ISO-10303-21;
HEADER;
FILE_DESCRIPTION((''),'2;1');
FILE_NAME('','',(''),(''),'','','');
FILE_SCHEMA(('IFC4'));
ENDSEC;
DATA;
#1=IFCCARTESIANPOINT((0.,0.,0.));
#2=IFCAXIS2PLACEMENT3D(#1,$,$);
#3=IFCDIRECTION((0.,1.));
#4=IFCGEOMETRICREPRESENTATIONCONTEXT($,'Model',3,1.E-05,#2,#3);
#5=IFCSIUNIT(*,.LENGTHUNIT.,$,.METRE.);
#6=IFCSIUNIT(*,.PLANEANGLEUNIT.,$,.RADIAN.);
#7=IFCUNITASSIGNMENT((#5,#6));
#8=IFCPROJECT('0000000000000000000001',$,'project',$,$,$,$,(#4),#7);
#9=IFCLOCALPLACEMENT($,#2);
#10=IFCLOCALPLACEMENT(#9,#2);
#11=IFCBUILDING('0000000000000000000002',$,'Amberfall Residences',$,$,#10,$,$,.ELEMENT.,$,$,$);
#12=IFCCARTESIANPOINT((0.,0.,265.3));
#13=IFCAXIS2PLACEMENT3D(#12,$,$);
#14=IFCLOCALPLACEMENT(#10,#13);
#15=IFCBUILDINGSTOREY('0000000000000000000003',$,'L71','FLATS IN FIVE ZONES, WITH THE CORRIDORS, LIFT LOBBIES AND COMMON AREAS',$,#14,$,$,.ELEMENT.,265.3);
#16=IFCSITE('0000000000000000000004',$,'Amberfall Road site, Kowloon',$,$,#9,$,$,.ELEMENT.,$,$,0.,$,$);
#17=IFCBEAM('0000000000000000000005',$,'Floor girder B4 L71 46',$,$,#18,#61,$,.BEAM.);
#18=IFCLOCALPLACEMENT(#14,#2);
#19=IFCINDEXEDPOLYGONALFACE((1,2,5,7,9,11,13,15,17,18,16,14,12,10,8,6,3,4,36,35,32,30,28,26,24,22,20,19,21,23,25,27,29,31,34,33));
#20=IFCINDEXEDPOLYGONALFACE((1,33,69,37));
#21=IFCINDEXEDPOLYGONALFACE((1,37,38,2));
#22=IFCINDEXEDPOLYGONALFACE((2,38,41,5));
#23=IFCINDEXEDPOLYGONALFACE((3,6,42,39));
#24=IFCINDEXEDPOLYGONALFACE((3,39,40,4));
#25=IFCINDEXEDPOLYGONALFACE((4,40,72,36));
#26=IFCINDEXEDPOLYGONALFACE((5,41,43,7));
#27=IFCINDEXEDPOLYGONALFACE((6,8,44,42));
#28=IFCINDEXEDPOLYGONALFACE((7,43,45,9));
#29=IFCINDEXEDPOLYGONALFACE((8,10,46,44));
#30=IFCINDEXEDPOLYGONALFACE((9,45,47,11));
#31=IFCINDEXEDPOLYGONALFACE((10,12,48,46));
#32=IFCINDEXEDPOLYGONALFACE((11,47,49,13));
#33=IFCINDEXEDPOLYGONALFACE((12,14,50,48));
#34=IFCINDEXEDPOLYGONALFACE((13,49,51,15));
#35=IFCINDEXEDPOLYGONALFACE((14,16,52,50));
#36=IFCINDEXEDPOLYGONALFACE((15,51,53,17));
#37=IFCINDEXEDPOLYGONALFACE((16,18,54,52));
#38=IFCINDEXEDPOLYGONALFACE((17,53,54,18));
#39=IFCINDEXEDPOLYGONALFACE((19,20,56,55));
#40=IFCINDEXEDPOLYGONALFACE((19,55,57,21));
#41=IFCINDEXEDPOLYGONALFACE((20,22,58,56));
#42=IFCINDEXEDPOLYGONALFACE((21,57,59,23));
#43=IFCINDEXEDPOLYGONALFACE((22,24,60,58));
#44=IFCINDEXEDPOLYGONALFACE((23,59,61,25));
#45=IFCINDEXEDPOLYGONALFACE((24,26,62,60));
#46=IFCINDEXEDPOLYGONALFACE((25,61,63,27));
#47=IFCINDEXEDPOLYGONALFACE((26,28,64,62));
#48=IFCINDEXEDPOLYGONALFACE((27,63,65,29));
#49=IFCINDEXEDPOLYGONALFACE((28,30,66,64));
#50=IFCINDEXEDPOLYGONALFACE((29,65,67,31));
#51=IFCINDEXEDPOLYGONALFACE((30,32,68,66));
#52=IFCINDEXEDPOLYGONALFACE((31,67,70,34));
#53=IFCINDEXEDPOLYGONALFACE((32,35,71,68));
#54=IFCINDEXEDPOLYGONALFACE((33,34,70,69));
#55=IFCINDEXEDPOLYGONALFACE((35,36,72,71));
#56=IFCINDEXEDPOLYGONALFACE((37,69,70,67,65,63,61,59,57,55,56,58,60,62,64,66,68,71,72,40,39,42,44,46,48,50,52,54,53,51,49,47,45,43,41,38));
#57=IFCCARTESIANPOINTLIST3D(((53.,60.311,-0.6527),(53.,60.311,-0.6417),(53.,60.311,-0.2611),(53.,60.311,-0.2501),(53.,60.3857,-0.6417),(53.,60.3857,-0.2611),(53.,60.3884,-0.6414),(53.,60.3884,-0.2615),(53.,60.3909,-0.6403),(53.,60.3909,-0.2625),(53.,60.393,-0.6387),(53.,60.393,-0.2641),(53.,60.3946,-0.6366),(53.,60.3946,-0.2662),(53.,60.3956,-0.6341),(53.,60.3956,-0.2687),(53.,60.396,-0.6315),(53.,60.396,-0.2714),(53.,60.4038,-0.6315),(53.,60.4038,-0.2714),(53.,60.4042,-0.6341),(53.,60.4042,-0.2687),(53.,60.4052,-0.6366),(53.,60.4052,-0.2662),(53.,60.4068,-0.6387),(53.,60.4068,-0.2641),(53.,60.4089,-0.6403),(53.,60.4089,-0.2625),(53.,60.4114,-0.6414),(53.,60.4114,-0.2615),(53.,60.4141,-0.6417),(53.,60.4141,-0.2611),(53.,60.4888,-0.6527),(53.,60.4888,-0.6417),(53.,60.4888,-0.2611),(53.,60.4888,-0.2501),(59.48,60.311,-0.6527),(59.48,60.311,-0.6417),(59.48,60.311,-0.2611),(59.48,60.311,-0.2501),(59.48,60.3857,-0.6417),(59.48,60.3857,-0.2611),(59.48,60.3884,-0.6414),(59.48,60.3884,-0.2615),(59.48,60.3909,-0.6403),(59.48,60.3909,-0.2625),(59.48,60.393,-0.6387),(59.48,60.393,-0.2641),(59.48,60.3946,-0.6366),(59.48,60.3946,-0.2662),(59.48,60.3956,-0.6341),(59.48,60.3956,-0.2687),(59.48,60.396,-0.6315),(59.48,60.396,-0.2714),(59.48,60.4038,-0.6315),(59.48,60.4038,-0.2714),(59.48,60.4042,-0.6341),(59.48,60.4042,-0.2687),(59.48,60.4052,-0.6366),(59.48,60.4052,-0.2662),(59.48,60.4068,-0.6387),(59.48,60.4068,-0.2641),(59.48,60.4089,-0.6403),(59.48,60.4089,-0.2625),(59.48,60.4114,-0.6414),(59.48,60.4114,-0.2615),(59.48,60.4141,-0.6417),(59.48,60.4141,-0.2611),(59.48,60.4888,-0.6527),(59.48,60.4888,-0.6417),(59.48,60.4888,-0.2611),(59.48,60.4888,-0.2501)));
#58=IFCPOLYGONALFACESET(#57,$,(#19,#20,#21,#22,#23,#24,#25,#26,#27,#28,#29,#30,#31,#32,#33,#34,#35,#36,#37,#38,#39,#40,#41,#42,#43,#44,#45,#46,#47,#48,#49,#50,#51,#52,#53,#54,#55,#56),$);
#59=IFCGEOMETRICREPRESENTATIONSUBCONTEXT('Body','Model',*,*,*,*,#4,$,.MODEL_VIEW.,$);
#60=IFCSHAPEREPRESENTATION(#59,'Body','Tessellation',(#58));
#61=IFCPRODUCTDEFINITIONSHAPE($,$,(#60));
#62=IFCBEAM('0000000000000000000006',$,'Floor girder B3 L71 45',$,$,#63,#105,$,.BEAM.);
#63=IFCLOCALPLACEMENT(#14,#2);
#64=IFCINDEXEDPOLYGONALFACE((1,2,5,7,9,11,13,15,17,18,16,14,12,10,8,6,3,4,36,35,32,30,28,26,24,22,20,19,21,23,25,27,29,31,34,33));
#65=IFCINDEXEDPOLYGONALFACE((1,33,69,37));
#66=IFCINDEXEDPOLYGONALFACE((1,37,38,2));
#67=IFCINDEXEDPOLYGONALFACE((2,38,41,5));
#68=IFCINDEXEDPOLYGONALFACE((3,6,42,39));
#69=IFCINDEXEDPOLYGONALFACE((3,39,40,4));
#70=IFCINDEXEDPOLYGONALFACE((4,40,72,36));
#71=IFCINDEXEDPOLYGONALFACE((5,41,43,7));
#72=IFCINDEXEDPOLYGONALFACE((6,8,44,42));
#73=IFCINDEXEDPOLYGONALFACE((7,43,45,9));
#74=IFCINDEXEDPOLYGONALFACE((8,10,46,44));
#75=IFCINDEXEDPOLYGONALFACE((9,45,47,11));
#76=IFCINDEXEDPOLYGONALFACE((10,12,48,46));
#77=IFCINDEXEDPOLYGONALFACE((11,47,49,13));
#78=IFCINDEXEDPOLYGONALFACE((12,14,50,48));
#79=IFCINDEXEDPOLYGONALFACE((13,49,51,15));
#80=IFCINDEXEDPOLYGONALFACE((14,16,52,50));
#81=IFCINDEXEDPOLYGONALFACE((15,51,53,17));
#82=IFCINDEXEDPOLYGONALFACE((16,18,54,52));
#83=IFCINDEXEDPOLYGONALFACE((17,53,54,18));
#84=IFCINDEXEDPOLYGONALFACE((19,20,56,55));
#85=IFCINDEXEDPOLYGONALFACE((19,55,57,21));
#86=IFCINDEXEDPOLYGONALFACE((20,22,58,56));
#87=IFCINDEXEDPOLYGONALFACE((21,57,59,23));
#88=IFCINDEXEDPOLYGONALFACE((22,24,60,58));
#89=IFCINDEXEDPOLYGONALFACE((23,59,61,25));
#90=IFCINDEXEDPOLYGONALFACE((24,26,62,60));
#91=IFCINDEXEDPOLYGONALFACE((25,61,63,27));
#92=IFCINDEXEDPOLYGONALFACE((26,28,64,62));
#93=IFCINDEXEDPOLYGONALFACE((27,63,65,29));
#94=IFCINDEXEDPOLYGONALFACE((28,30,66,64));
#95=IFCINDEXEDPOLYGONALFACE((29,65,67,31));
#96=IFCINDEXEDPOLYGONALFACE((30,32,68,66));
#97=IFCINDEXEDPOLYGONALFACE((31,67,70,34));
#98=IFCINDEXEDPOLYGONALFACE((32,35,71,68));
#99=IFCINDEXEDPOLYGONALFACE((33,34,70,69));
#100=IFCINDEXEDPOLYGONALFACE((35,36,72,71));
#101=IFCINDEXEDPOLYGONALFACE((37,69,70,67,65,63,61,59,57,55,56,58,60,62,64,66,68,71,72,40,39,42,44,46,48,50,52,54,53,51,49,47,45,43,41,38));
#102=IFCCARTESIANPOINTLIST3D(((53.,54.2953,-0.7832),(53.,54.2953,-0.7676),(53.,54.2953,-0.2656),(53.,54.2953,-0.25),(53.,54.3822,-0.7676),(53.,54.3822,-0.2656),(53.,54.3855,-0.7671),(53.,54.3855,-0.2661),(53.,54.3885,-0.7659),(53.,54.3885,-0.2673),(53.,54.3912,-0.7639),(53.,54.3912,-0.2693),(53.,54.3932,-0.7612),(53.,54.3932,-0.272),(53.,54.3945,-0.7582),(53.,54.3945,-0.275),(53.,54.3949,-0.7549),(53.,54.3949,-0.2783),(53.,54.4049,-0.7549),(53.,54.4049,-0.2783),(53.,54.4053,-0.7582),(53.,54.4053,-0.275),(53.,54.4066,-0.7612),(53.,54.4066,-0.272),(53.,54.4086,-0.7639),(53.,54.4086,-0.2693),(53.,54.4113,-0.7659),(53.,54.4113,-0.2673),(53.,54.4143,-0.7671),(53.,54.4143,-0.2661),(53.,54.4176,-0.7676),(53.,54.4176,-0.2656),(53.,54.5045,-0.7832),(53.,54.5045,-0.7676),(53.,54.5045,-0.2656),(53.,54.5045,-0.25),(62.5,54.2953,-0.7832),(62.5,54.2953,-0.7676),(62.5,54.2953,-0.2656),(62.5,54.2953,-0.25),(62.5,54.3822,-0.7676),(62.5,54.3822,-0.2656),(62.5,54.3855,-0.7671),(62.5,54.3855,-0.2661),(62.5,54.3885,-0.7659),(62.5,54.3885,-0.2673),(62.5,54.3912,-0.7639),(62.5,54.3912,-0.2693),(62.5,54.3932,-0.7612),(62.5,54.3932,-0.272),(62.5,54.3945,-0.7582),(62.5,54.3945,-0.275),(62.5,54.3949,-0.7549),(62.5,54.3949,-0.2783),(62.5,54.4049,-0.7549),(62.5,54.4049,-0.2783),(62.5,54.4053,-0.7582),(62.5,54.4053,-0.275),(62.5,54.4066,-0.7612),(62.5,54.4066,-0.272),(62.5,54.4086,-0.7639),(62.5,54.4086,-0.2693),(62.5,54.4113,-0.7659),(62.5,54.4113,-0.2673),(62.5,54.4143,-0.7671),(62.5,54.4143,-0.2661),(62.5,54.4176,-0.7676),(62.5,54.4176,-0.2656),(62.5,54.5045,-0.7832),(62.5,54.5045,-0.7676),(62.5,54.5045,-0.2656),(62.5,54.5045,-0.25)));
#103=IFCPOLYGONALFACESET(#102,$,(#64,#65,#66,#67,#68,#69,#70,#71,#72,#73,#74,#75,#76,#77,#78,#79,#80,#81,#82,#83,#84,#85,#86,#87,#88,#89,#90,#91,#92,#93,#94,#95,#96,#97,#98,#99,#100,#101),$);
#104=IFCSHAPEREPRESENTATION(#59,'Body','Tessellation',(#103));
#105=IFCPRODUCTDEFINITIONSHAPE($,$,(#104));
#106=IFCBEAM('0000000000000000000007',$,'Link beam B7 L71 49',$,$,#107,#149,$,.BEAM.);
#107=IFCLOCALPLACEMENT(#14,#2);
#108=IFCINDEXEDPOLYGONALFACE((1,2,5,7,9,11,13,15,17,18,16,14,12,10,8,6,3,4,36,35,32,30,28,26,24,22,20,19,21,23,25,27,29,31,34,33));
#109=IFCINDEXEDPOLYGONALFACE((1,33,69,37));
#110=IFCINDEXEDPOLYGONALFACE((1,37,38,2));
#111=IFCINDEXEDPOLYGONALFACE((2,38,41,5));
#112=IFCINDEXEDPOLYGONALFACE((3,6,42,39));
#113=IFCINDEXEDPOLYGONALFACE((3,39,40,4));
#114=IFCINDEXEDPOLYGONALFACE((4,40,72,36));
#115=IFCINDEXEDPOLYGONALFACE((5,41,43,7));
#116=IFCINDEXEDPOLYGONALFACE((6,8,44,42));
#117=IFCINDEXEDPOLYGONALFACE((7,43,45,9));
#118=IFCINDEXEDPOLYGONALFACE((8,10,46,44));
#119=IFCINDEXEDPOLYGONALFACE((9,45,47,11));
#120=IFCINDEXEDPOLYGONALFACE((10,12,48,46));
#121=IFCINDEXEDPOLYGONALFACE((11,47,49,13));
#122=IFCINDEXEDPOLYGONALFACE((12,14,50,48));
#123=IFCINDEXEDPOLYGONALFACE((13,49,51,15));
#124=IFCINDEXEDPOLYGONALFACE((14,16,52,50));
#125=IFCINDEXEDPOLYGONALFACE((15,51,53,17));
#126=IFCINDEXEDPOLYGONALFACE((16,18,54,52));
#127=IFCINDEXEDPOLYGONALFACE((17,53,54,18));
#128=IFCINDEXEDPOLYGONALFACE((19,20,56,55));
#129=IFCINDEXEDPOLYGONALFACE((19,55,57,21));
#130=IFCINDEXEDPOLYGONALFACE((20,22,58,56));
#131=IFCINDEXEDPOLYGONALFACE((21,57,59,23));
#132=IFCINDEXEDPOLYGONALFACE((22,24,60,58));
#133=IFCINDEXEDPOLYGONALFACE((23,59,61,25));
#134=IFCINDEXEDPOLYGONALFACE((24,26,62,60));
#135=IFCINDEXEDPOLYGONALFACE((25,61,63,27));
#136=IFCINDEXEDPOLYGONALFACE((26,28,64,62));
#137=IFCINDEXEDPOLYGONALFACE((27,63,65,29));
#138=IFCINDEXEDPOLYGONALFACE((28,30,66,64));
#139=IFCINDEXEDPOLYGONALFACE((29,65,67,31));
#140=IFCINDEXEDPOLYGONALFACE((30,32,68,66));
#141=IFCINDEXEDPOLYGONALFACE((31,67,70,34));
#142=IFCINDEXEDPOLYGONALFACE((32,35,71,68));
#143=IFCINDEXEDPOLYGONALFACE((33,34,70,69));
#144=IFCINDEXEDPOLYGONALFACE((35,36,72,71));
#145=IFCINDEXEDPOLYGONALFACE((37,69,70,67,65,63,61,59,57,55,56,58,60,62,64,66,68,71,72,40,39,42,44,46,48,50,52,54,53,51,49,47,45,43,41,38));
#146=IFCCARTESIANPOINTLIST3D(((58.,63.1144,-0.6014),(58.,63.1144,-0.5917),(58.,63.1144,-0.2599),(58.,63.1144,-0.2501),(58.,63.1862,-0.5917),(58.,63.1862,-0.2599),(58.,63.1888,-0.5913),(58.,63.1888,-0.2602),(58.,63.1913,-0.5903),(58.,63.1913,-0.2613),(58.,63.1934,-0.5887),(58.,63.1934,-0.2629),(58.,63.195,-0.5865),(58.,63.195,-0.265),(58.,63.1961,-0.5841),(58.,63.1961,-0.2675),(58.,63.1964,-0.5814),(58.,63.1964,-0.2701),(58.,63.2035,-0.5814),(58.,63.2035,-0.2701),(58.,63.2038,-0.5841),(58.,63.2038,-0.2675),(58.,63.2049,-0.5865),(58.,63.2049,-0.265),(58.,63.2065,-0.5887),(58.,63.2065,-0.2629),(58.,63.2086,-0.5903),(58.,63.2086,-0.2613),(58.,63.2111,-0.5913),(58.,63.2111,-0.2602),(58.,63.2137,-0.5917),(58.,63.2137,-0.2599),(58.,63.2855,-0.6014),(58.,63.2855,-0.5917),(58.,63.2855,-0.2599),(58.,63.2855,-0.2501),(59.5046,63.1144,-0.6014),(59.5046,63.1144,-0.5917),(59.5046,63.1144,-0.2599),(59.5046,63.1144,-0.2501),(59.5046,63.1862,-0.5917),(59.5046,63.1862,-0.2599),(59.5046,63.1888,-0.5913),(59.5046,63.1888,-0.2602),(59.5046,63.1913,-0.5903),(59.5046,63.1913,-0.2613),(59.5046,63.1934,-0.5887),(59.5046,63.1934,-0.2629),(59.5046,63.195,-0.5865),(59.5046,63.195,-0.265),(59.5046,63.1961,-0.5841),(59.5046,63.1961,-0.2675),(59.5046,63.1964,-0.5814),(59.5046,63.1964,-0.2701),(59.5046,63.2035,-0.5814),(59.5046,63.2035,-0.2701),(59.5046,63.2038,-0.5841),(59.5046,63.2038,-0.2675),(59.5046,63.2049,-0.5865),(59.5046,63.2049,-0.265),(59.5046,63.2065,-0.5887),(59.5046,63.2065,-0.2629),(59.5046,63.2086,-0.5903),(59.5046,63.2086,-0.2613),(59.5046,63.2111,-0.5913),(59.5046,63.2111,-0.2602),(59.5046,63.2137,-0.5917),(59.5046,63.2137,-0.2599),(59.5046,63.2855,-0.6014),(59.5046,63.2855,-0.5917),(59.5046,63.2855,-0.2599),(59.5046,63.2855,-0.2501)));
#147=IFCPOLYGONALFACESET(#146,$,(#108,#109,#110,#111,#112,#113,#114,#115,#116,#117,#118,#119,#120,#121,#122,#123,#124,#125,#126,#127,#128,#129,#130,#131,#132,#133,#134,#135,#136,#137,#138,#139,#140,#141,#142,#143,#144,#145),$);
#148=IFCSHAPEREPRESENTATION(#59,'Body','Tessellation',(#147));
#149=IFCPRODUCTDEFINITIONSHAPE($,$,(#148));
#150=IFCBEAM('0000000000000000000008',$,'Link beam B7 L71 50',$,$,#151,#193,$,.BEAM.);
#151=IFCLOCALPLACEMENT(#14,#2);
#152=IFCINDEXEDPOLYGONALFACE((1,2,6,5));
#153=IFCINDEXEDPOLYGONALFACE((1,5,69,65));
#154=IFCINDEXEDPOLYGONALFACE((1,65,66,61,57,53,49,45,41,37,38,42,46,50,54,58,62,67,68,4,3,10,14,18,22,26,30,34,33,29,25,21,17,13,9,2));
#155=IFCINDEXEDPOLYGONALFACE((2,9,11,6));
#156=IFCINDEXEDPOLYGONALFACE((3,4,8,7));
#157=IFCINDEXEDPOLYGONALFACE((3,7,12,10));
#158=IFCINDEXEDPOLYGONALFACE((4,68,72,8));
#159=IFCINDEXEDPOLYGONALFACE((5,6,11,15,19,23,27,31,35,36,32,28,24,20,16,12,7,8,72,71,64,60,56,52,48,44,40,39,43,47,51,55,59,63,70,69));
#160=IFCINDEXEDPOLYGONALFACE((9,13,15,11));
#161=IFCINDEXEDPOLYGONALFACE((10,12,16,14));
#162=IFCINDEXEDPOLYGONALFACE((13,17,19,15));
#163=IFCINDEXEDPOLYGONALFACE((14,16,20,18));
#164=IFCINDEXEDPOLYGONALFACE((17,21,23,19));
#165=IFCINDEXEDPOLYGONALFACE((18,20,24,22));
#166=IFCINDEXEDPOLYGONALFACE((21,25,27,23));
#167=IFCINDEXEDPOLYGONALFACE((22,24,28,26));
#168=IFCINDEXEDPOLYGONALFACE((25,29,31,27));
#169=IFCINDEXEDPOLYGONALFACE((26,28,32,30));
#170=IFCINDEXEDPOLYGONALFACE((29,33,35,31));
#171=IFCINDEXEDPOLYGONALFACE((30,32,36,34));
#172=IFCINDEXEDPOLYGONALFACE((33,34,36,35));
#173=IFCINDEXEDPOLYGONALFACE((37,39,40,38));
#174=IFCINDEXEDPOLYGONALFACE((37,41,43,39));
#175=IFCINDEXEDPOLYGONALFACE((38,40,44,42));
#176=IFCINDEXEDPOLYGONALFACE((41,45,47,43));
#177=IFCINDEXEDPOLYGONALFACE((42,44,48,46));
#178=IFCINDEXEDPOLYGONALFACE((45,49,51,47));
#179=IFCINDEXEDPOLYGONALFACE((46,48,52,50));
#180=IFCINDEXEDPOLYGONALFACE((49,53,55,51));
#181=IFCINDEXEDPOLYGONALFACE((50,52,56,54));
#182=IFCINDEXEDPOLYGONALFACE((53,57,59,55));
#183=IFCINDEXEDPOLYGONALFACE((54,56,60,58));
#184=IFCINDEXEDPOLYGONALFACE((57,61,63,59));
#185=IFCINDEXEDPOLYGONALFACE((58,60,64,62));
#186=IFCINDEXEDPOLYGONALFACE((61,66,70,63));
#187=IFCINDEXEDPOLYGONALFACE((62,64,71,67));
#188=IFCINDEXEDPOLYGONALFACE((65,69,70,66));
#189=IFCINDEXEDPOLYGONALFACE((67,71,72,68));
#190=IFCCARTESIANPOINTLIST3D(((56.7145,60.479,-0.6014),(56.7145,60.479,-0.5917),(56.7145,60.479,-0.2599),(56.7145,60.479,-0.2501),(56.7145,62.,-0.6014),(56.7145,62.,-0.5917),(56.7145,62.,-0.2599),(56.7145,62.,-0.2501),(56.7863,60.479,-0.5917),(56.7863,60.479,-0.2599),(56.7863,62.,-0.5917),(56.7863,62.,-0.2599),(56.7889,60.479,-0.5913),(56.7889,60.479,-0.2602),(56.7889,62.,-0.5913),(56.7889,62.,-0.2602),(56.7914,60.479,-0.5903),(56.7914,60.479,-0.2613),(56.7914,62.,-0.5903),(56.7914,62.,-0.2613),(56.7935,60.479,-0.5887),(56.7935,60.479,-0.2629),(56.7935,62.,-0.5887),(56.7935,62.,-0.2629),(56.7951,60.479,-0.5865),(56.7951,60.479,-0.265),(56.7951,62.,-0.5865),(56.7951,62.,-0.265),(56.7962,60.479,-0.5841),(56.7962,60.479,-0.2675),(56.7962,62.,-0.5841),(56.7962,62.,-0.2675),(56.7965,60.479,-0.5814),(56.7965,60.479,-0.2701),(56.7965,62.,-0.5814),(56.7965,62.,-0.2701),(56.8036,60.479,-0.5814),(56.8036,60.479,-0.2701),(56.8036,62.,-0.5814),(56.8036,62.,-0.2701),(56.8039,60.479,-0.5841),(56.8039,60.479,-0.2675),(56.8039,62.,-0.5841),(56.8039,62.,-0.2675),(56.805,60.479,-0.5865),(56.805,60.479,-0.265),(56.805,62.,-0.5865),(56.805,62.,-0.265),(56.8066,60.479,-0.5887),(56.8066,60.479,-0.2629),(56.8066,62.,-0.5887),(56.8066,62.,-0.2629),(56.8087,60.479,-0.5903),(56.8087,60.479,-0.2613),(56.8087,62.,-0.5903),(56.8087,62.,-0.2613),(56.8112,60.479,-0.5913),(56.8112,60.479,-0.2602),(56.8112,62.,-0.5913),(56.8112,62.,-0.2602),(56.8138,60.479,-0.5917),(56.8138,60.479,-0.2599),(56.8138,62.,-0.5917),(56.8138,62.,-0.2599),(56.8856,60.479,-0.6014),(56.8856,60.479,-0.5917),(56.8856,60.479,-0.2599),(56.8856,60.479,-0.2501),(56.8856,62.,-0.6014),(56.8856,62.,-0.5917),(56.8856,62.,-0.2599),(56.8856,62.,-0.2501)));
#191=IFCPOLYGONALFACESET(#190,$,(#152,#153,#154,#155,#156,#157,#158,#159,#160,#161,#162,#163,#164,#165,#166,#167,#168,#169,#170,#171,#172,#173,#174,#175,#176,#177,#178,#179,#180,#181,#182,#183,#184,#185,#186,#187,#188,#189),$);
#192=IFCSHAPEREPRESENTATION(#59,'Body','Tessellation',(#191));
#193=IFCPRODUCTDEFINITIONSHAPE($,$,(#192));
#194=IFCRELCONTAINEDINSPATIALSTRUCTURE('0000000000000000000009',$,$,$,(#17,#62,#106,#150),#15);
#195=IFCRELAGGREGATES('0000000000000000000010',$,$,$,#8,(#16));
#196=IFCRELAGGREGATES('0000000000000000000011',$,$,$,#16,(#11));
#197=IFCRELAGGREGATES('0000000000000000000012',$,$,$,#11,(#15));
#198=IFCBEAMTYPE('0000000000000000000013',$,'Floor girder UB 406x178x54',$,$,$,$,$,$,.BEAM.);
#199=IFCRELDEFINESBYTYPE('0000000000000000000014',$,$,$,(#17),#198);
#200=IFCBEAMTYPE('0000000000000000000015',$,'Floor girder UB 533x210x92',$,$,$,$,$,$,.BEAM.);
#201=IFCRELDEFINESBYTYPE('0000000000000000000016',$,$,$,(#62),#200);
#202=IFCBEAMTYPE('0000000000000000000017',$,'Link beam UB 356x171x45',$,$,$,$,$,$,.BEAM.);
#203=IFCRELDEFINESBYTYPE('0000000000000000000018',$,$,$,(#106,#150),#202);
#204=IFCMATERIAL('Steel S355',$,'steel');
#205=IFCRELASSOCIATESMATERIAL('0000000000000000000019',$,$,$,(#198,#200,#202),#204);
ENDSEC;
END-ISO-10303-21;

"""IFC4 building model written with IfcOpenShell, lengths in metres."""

from ifc_helpers import new_model, si_unit, direction, frame, origin, origin_2d, place, context, subcontext, project, spatial, i_section, extrude, material, material_profile, profile_set, type_object, element, save


model = new_model("IFC4")

# Units and contexts
model_context = context("Model", 3, precision=1e-05, world=origin(), true_north=direction((0.0, 1.0)))
body_context = subcontext(model_context, "Body", "Model", "MODEL_VIEW")
ifc_project = project(units=[si_unit("LENGTHUNIT", "METRE"), si_unit("PLANEANGLEUNIT", "RADIAN")], contexts=[model_context])

# Site, building, storey
site_placement = place(None, origin())
site = spatial("IfcSite", under=ifc_project, at=site_placement, Name="Amberfall Road site, Kowloon", CompositionType="ELEMENT", RefElevation=0.0)
building_placement = place(site_placement, origin())
building = spatial("IfcBuilding", under=site, at=building_placement, Name="Amberfall Residences", CompositionType="ELEMENT")
storey_placement = place(building_placement, frame((0.0, 0.0, 265.3)))
storey = spatial("IfcBuildingStorey", under=building, at=storey_placement, Name="L71", Description="FLATS IN FIVE ZONES, WITH THE CORRIDORS, LIFT LOBBIES AND COMMON AREAS", CompositionType="ELEMENT", Elevation=265.3)

# Shared definitions
ifc_material_1 = material(Name="Steel S355", Category="steel")

# Beams
ifc_material_profile_1 = material_profile(ifc_material_1, i_section(OverallWidth=0.1777, OverallDepth=0.4026, WebThickness=0.0078, FlangeThickness=0.011, FilletRadius=0.0103, at=origin_2d()), Name="UB 406x178x54")
ifc_profile_set_1 = profile_set([ifc_material_profile_1], Name="Steel S355")
beam_type_1 = type_object("IfcBeamType", Name="Floor girder UB 406x178x54", PredefinedType="BEAM", material=ifc_profile_set_1)
beam_1_placement = place(storey_placement, frame((53.0, 60.3999, -0.4514), z_axis=(1.0, 0.0, 0.0), x_axis=(0.0, 1.0, 0.0)))
element("IfcBeam", 1, at=beam_1_placement, inside=storey, type_object=beam_type_1, Name="Floor girder B4 L71 46", PredefinedType="BEAM", context=body_context, shape_type="SweptSolid", body=[
    extrude(i_section(OverallWidth=0.1777, OverallDepth=0.4026, WebThickness=0.0078, FlangeThickness=0.011, FilletRadius=0.0103, at=origin_2d()), origin(), (0.0, 0.0, 1.0), 6.48),
])
ifc_material_profile_2 = material_profile(ifc_material_1, i_section(OverallWidth=0.2092, OverallDepth=0.5332, WebThickness=0.01, FlangeThickness=0.0156, FilletRadius=0.0127, at=origin_2d()), Name="UB 533x210x92")
ifc_profile_set_2 = profile_set([ifc_material_profile_2], Name="Steel S355")
beam_type_2 = type_object("IfcBeamType", Name="Floor girder UB 533x210x92", PredefinedType="BEAM", material=ifc_profile_set_2)
beam_2_placement = place(storey_placement, frame((53.0, 54.3999, -0.5166), z_axis=(1.0, 0.0, 0.0), x_axis=(0.0, 1.0, 0.0)))
element("IfcBeam", 2, at=beam_2_placement, inside=storey, type_object=beam_type_2, Name="Floor girder B3 L71 45", PredefinedType="BEAM", context=body_context, shape_type="SweptSolid", body=[
    extrude(i_section(OverallWidth=0.2092, OverallDepth=0.5332, WebThickness=0.01, FlangeThickness=0.0156, FilletRadius=0.0127, at=origin_2d()), origin(), (0.0, 0.0, 1.0), 9.5),
])
ifc_material_profile_3 = material_profile(ifc_material_1, i_section(OverallWidth=0.1711, OverallDepth=0.3513, WebThickness=0.0071, FlangeThickness=0.0098, FilletRadius=0.0103, at=origin_2d()), Name="UB 356x171x45")
ifc_profile_set_3 = profile_set([ifc_material_profile_3], Name="Steel S355")
beam_type_3 = type_object("IfcBeamType", Name="Link beam UB 356x171x45", PredefinedType="BEAM", material=ifc_profile_set_3)
beam_3_placement = place(storey_placement, frame((58.0, 63.2, -0.4258), z_axis=(1.0, 0.0, 0.0), x_axis=(0.0, 1.0, 0.0)))
element("IfcBeam", 3, at=beam_3_placement, inside=storey, type_object=beam_type_3, Name="Link beam B7 L71 49", PredefinedType="BEAM", context=body_context, shape_type="SweptSolid", body=[
    extrude(i_section(OverallWidth=0.1711, OverallDepth=0.3513, WebThickness=0.0071, FlangeThickness=0.0098, FilletRadius=0.0103, at=origin_2d()), origin(), (0.0, 0.0, 1.0), 1.5046),
])
beam_4_placement = place(storey_placement, frame((56.8, 62.0, -0.4258), z_axis=(0.0, -1.0, 0.0), x_axis=(1.0, 0.0, 0.0)))
element("IfcBeam", 4, at=beam_4_placement, inside=storey, type_object=beam_type_3, Name="Link beam B7 L71 50", PredefinedType="BEAM", context=body_context, shape_type="SweptSolid", body=[
    extrude(i_section(OverallWidth=0.1711, OverallDepth=0.3513, WebThickness=0.0071, FlangeThickness=0.0098, FilletRadius=0.0103, at=origin_2d()), origin(), (0.0, 0.0, 1.0), 1.521),
])

save(model, "model.ifc")
